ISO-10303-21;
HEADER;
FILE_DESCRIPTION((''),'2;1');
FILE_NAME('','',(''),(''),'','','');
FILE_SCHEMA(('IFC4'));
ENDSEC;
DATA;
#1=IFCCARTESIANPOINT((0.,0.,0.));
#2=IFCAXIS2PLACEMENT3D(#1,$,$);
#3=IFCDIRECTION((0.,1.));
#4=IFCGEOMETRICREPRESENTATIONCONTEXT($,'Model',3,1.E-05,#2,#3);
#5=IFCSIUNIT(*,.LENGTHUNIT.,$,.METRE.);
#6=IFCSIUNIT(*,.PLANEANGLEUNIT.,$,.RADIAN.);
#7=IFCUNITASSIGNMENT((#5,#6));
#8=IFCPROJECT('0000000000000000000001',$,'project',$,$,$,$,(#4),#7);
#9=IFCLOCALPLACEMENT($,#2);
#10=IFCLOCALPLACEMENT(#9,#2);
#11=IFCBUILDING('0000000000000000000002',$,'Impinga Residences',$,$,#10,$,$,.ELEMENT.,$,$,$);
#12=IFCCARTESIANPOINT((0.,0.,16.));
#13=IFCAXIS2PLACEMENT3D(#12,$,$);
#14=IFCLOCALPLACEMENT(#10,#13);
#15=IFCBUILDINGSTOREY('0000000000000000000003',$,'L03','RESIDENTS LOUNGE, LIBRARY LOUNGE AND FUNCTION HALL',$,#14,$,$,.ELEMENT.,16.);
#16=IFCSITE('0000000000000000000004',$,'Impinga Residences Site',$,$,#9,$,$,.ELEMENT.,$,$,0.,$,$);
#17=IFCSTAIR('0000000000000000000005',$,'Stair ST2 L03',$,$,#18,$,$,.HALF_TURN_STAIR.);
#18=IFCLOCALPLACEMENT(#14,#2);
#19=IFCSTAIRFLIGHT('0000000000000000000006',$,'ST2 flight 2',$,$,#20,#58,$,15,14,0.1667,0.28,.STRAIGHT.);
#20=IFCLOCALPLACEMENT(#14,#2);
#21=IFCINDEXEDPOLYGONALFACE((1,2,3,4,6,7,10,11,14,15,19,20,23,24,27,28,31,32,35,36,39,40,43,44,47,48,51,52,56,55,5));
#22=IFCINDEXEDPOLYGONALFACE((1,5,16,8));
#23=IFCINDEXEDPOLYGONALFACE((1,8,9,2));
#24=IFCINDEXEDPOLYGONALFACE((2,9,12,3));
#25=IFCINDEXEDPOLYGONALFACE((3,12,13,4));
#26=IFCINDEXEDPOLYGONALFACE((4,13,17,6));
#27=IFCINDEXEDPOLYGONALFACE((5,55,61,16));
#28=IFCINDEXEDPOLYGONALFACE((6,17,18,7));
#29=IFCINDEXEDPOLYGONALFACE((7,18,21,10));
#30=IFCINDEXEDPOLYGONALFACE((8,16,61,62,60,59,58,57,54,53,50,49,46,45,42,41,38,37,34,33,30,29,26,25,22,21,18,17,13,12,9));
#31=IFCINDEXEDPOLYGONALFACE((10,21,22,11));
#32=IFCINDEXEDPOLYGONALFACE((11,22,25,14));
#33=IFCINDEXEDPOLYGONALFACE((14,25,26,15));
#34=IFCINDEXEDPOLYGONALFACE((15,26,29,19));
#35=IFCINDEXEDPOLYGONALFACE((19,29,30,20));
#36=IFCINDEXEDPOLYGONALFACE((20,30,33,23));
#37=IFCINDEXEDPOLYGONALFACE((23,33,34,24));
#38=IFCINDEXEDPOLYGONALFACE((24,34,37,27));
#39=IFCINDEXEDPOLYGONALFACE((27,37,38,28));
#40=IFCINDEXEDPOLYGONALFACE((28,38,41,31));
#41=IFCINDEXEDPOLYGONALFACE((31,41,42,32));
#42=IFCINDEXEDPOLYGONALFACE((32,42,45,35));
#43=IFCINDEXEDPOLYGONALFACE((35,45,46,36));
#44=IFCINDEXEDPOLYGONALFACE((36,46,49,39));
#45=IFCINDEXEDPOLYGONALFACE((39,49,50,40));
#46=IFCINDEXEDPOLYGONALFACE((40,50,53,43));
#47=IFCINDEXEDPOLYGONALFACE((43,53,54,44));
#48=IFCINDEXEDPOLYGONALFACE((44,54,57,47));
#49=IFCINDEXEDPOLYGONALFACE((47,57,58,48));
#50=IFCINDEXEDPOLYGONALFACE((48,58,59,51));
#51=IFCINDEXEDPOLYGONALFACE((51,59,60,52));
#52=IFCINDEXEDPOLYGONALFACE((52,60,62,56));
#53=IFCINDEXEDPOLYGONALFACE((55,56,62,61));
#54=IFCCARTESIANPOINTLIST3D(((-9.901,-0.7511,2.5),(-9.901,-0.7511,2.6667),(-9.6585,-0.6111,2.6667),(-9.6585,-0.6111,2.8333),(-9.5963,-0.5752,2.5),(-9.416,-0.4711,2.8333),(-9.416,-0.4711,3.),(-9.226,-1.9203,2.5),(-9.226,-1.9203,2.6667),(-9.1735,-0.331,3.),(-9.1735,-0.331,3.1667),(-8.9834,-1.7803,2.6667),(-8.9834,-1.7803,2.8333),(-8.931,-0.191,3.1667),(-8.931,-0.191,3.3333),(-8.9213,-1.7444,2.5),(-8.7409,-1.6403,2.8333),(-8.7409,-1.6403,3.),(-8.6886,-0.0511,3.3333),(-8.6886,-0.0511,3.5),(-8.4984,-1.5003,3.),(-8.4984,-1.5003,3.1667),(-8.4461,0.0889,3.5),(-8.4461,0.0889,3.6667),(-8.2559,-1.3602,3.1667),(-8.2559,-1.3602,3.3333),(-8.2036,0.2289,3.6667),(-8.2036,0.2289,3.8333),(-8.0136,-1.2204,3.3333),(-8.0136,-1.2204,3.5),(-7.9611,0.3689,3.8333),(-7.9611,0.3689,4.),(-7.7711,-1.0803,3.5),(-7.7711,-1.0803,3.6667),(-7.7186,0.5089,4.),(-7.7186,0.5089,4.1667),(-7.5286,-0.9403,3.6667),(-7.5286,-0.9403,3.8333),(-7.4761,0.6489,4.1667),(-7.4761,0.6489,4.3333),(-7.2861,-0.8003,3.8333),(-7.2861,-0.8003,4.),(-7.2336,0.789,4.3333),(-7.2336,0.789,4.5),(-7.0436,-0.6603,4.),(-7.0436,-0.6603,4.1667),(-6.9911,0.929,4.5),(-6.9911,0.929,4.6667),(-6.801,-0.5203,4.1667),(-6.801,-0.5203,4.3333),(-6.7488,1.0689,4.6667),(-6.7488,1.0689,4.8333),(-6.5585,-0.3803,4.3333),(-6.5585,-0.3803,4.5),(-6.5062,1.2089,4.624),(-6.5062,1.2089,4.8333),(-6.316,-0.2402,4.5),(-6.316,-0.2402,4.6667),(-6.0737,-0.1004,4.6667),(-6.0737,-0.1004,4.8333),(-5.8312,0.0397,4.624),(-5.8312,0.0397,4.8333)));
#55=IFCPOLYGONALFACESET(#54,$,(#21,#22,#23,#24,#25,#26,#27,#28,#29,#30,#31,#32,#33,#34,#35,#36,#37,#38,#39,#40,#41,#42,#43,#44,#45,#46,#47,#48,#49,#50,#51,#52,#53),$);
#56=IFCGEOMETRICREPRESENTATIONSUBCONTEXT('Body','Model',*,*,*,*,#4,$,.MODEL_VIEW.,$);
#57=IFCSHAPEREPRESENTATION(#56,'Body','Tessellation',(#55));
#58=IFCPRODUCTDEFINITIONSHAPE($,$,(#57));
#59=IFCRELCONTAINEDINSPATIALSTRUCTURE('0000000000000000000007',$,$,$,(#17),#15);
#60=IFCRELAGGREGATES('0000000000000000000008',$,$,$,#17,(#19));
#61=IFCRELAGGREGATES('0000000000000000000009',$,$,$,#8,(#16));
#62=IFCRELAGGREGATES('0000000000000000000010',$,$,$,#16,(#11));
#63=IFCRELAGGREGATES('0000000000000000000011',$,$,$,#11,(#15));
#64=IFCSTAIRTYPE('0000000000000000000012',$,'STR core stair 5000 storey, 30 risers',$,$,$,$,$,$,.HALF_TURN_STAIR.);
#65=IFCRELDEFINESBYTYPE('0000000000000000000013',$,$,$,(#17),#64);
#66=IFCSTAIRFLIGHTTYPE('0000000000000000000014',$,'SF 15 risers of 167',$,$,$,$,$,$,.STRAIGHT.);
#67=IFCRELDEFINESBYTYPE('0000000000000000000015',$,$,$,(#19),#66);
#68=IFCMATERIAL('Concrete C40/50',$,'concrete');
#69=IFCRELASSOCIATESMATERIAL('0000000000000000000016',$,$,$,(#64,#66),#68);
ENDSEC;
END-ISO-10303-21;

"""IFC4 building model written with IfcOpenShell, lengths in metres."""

from ifc_helpers import new_model, si_unit, direction, frame, origin, place, context, subcontext, project, spatial, polyline, outline, extrude, material, type_object, element, aggregate, save


model = new_model("IFC4")

# Units and contexts
model_context = context("Model", 3, precision=1e-05, world=origin(), true_north=direction((0.0, 1.0)))
body_context = subcontext(model_context, "Body", "Model", "MODEL_VIEW")
ifc_project = project(units=[si_unit("LENGTHUNIT", "METRE"), si_unit("PLANEANGLEUNIT", "RADIAN")], contexts=[model_context])

# Site, building, storey
site_placement = place(None, origin())
site = spatial("IfcSite", under=ifc_project, at=site_placement, Name="Impinga Residences Site", CompositionType="ELEMENT", RefElevation=0.0)
building_placement = place(site_placement, origin())
building = spatial("IfcBuilding", under=site, at=building_placement, Name="Impinga Residences", CompositionType="ELEMENT")
storey_placement = place(building_placement, frame((0.0, 0.0, 16.0)))
storey = spatial("IfcBuildingStorey", under=building, at=storey_placement, Name="L03", Description="RESIDENTS LOUNGE, LIBRARY LOUNGE AND FUNCTION HALL", CompositionType="ELEMENT", Elevation=16.0)

# Stair, stair flight
ifc_material_1 = material(Name="Concrete C40/50", Category="concrete")
stair_type = type_object("IfcStairType", Name="STR core stair 5000 storey, 30 risers", PredefinedType="HALF_TURN_STAIR", material=ifc_material_1)
stair_placement = place(storey_placement, origin())
stair = element("IfcStair", 1, at=stair_placement, inside=storey, type_object=stair_type, Name="Stair ST2 L03", PredefinedType="HALF_TURN_STAIR")
stair_flight_type = type_object("IfcStairFlightType", Name="SF 15 risers of 167", PredefinedType="STRAIGHT", material=ifc_material_1)
stair_flight_placement = place(storey_placement, frame((-9.5635, -1.3357, 2.5), z_axis=(0.0, 0.0, 1.0), x_axis=(0.866025, 0.5, 0.0)))
stair_flight = element("IfcStairFlight", 2, at=stair_flight_placement, type_object=stair_flight_type, Name="ST2 flight 2", NumberOfRisers=15, NumberOfTreads=14, PredefinedType="STRAIGHT", RiserHeight=0.1667, TreadLength=0.28, context=body_context, shape_type="SweptSolid", body=[
    extrude(outline(polyline([(0.0, 0.0), (0.0, 0.1667), (0.28, 0.1667), (0.28, 0.3333), (0.5601, 0.3333), (0.5601, 0.5), (0.8401, 0.5), (0.8401, 0.6667), (1.1201, 0.6667), (1.1201, 0.8333), (1.3999, 0.8333), (1.3999, 1.0), (1.6799, 1.0), (1.6799, 1.1667), (1.96, 1.1667), (1.96, 1.3333), (2.24, 1.3333), (2.24, 1.5), (2.52, 1.5), (2.52, 1.6667), (2.8, 1.6667), (2.8, 1.8333), (3.0801, 1.8333), (3.0801, 2.0), (3.3601, 2.0), (3.3601, 2.1667), (3.6399, 2.1667), (3.6399, 2.3333), (3.9199, 2.3333), (3.9199, 2.5), (3.9199, 2.124), (0.3518, 0.0), (0.0, 0.0)])), frame((0.0, 0.675, 0.0), z_axis=(0.0, -1.0, 0.0), x_axis=(1.0, 0.0, 0.0)), (0.0, 0.0, 1.0), 1.3501),
])
aggregate(stair, [stair_flight])

save(model, "model.ifc")
